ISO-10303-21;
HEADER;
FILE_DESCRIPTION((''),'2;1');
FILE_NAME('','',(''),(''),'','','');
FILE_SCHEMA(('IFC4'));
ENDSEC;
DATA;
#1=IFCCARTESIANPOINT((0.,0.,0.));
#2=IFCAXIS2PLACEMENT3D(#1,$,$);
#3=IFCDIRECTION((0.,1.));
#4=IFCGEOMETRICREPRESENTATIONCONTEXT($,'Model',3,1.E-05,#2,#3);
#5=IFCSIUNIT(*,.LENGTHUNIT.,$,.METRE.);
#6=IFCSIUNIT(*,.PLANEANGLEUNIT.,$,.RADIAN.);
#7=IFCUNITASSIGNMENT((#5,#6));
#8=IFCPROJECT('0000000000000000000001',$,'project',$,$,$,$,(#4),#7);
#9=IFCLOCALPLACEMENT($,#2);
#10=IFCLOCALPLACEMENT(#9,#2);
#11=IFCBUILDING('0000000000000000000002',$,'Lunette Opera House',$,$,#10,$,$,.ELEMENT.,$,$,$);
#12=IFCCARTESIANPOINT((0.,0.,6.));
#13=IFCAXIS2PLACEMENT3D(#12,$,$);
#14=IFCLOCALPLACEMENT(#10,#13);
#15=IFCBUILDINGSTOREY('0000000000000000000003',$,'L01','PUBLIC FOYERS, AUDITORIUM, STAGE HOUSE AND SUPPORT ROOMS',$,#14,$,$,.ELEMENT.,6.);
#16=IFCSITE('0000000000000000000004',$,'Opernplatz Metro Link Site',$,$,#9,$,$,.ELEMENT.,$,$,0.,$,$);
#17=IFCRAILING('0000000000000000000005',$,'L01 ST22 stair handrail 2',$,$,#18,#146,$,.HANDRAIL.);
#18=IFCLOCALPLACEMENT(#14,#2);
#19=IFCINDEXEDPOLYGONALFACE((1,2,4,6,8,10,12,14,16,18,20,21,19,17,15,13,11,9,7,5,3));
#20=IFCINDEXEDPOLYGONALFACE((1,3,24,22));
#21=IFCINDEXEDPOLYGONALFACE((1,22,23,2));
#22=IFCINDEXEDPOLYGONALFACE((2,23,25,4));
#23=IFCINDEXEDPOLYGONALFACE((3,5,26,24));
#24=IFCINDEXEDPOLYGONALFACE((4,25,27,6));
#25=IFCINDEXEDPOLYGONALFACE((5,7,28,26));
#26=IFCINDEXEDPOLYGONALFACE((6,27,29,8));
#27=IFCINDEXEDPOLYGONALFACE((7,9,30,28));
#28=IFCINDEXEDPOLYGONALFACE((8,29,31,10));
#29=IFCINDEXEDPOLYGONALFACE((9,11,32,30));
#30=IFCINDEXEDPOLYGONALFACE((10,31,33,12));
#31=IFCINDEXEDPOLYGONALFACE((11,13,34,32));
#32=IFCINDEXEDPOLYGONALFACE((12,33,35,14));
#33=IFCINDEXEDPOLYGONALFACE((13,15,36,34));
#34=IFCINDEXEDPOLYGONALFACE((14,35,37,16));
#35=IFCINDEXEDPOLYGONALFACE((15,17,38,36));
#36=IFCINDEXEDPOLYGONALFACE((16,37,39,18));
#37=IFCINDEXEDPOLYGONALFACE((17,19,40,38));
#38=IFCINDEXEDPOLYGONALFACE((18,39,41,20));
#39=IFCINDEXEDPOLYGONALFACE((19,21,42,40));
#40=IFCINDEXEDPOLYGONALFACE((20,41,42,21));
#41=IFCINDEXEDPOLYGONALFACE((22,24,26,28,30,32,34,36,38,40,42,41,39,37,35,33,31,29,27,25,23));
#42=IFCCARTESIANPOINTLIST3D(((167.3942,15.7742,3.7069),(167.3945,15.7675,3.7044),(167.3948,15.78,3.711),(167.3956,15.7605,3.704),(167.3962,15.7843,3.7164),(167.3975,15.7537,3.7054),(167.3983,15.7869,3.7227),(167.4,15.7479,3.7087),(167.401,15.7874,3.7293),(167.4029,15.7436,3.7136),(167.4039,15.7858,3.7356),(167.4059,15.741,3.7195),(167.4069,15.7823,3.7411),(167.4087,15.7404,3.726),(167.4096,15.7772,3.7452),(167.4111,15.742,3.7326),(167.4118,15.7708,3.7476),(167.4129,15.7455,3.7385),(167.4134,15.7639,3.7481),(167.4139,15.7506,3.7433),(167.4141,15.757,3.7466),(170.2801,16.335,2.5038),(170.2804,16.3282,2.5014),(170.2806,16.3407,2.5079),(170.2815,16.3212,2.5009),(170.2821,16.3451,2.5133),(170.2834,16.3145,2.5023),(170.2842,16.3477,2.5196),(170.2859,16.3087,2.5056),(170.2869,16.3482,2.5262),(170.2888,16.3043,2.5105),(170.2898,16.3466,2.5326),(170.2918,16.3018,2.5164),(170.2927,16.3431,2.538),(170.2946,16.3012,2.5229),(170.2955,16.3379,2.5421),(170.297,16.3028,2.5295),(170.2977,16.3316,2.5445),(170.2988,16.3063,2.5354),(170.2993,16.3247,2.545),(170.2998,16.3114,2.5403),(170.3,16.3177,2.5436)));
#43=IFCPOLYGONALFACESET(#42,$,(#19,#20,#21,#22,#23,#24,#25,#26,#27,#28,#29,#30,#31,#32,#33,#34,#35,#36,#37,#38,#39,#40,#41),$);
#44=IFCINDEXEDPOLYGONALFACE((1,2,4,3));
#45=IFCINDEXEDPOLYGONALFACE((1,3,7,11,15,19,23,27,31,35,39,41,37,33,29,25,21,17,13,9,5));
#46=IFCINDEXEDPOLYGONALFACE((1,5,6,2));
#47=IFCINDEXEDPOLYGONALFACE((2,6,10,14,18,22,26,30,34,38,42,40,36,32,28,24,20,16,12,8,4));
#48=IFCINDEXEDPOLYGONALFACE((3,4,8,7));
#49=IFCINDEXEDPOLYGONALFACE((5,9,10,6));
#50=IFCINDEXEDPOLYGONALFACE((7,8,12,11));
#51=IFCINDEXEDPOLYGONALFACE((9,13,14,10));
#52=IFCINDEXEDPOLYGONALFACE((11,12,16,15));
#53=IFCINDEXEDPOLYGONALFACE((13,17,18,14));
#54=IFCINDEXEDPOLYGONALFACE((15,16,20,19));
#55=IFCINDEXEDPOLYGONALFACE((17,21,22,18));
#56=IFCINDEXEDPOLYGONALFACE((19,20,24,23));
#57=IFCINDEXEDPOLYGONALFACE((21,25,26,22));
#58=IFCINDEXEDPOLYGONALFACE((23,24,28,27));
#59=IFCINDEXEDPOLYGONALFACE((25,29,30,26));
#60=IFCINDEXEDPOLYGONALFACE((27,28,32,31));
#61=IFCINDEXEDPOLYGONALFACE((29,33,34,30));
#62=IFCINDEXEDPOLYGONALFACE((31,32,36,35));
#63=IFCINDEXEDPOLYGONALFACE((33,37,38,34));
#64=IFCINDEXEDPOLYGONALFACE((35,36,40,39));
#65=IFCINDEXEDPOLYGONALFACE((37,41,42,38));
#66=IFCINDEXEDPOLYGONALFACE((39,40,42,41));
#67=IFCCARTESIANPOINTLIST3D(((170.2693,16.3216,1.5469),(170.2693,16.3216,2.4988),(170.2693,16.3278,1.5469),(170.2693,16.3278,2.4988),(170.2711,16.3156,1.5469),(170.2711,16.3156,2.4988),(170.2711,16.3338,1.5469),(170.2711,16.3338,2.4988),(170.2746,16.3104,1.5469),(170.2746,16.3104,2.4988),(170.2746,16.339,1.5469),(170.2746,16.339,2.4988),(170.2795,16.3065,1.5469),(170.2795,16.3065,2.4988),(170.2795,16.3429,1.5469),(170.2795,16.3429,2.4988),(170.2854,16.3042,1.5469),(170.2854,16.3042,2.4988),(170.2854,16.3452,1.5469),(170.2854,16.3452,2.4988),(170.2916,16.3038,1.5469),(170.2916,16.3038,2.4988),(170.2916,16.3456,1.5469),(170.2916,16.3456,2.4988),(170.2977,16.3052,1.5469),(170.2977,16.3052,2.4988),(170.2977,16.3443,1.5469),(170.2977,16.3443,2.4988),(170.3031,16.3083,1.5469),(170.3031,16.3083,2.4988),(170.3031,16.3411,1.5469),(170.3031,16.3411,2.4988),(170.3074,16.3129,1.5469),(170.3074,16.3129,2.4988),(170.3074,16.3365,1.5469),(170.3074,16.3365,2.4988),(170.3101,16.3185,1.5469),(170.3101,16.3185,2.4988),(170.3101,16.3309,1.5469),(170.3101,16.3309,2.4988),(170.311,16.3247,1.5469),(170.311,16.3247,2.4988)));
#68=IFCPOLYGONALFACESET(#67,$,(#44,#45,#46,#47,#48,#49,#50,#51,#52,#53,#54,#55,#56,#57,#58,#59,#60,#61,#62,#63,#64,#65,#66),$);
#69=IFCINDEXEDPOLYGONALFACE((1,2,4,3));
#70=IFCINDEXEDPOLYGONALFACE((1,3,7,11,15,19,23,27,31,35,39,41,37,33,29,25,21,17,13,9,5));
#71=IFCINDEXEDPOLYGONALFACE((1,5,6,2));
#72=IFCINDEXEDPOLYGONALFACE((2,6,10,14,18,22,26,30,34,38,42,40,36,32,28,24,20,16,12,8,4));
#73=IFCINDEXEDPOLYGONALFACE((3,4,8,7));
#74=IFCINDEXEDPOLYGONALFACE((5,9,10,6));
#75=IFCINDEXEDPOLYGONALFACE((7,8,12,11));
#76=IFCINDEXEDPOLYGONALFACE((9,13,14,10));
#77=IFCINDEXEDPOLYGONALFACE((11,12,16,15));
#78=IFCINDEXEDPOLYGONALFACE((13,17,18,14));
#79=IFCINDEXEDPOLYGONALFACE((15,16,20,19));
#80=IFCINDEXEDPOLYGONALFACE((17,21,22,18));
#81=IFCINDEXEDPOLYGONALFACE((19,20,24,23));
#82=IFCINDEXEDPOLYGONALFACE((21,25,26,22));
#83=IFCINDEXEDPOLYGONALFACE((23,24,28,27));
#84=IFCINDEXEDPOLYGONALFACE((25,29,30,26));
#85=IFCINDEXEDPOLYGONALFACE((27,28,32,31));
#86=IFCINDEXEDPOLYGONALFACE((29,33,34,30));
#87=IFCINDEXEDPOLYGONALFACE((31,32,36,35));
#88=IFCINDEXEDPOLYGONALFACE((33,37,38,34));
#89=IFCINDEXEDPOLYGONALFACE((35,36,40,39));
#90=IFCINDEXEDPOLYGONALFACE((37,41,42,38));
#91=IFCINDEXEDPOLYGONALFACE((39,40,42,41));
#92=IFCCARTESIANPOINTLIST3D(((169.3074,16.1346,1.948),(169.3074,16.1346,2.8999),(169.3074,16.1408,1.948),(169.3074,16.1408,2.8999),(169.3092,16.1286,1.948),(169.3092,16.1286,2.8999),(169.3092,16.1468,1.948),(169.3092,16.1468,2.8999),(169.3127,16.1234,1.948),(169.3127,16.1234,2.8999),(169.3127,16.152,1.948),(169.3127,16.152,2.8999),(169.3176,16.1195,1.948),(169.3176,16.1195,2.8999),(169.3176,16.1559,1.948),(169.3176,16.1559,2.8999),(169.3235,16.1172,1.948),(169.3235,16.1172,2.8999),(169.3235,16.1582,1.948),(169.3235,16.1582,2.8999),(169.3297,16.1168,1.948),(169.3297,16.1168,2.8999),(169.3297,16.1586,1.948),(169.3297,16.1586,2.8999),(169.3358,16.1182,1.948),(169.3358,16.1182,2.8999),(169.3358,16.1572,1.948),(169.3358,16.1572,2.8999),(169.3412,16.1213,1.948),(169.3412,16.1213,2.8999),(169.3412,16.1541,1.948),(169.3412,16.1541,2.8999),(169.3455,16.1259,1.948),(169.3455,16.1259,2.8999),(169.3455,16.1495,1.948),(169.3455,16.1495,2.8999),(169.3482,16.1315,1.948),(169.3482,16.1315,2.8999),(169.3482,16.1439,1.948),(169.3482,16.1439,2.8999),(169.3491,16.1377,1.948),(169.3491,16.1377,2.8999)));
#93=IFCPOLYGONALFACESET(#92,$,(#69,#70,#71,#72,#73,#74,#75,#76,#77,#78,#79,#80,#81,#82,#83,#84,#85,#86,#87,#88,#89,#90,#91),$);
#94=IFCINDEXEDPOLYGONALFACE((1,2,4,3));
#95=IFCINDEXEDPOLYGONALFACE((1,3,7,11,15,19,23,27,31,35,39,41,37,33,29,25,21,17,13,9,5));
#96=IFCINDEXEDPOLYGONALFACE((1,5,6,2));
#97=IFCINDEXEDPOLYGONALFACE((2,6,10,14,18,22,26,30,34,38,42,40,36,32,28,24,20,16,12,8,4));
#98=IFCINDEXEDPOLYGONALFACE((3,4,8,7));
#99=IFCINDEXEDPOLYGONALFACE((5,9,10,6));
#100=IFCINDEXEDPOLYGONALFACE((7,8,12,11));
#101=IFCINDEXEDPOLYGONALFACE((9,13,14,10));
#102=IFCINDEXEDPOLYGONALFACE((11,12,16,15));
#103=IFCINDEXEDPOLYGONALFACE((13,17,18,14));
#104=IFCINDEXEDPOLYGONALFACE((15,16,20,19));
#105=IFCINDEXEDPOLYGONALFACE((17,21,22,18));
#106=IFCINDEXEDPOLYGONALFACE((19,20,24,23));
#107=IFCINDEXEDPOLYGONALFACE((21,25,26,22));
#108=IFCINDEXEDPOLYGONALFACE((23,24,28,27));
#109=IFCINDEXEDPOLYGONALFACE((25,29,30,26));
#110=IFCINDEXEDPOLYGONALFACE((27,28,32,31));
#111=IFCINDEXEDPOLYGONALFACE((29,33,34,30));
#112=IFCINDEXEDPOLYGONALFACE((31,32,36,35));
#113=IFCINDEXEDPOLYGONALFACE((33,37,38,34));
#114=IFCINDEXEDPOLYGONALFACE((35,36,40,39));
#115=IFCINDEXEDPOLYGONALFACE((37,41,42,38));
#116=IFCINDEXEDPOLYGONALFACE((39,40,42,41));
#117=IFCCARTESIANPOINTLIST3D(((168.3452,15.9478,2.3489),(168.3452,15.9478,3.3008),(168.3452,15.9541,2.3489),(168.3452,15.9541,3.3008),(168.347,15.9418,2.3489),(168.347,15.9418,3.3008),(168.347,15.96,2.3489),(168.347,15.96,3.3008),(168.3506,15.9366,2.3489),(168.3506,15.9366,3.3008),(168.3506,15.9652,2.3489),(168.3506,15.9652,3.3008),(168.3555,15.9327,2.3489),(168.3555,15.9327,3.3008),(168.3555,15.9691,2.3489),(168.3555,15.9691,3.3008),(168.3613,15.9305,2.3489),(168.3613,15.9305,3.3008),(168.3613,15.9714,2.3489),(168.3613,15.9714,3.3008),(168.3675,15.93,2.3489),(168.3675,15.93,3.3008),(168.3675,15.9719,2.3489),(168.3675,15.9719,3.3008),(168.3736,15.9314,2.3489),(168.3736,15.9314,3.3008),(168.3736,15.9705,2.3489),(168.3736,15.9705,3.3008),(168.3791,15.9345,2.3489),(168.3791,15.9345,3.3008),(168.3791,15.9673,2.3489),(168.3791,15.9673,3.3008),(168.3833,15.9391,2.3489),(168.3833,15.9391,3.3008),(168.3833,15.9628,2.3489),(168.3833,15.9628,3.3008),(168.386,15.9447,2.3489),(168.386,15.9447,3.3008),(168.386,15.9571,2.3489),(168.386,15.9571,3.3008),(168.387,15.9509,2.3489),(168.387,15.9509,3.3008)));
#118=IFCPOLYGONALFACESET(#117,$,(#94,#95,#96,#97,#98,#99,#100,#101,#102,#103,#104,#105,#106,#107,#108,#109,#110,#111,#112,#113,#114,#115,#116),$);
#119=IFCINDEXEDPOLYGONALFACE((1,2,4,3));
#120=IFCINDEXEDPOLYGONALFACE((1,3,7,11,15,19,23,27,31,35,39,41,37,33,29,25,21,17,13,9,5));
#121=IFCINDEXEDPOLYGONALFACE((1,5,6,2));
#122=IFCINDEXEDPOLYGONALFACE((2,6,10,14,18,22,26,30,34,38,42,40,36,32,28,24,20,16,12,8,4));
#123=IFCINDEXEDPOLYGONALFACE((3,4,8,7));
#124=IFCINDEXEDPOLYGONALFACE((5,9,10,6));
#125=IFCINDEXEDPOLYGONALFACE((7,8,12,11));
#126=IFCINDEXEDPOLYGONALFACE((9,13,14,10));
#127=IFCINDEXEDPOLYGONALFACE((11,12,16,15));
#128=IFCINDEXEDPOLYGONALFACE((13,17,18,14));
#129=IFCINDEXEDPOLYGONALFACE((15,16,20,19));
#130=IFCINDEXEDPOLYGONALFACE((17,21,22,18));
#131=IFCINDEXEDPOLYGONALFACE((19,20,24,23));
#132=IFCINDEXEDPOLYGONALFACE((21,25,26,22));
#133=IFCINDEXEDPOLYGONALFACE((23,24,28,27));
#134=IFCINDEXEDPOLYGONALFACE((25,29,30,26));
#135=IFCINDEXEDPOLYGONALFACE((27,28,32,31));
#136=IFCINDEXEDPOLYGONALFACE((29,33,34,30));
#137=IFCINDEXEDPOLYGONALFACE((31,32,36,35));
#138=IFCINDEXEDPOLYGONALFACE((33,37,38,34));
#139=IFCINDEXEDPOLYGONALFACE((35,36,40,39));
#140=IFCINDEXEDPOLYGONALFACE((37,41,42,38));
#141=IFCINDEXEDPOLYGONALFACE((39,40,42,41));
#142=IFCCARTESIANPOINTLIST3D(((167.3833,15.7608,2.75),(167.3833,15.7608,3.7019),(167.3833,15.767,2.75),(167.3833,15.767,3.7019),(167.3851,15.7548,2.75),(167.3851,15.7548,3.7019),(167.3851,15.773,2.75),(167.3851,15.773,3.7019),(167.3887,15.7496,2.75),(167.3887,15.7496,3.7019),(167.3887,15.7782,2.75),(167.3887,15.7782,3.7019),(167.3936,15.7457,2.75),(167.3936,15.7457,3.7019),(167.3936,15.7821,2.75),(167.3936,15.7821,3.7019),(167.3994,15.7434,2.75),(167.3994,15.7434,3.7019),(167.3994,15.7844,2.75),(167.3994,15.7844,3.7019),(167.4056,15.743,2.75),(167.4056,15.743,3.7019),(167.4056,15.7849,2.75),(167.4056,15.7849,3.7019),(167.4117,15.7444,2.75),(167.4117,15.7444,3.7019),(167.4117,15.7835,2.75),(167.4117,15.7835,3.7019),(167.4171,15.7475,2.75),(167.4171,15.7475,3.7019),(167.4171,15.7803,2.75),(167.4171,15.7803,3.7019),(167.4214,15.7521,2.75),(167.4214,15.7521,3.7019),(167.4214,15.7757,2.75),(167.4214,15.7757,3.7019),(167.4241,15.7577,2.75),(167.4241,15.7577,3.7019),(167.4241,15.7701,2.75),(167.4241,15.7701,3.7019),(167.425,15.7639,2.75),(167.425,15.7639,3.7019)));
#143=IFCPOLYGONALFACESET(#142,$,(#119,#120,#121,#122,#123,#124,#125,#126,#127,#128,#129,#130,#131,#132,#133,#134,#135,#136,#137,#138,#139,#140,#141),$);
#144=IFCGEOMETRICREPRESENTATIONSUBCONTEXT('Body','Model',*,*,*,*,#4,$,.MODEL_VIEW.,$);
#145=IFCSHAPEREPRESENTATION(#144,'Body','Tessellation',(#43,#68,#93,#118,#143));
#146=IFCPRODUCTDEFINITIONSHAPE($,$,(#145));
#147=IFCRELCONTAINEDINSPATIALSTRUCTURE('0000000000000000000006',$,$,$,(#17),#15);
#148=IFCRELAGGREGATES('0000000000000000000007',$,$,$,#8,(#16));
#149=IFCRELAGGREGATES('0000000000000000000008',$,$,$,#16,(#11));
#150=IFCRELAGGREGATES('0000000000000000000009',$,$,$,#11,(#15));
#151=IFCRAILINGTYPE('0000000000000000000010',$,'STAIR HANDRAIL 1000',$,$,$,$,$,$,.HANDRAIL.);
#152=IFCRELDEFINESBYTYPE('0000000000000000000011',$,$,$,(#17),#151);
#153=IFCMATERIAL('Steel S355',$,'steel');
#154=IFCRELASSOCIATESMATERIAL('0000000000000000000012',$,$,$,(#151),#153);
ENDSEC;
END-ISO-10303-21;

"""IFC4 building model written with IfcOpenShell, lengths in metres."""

from ifc_helpers import new_model, si_unit, direction, frame, origin, origin_2d, place, context, subcontext, project, spatial, circle, extrude, material, type_object, element, save


model = new_model("IFC4")

# Units and contexts
model_context = context("Model", 3, precision=1e-05, world=origin(), true_north=direction((0.0, 1.0)))
body_context = subcontext(model_context, "Body", "Model", "MODEL_VIEW")
ifc_project = project(units=[si_unit("LENGTHUNIT", "METRE"), si_unit("PLANEANGLEUNIT", "RADIAN")], contexts=[model_context])

# Site, building, storey
site_placement = place(None, origin())
site = spatial("IfcSite", under=ifc_project, at=site_placement, Name="Opernplatz Metro Link Site", CompositionType="ELEMENT", RefElevation=0.0)
building_placement = place(site_placement, origin())
building = spatial("IfcBuilding", under=site, at=building_placement, Name="Lunette Opera House", CompositionType="ELEMENT")
storey_placement = place(building_placement, frame((0.0, 0.0, 6.0)))
storey = spatial("IfcBuildingStorey", under=building, at=storey_placement, Name="L01", Description="PUBLIC FOYERS, AUDITORIUM, STAGE HOUSE AND SUPPORT ROOMS", CompositionType="ELEMENT", Elevation=6.0)

# Railing
ifc_material_1 = material(Name="Steel S355", Category="steel")
railing_type = type_object("IfcRailingType", Name="STAIR HANDRAIL 1000", PredefinedType="HANDRAIL", material=ifc_material_1)
for number, where, name in (
    (1, (170.29, 16.3247, 1.5469), "L01 ST22 stair handrail 2"),
):
    element("IfcRailing", number, at=place(storey_placement, frame(where)), inside=storey, type_object=railing_type, Name=name, PredefinedType="HANDRAIL", context=body_context, shape_type="SweptSolid", body=[
        extrude(circle(Radius=0.0239, at=origin_2d()), frame((0.0, 0.0, 0.9761), z_axis=(-0.908509, -0.176537, 0.378744), x_axis=(0.190747, -0.981639, 0.0)), (0.0, 0.0, 1.0), 3.1765),
        extrude(circle(Radius=0.021, at=origin_2d()), origin(), (0.0, 0.0, 1.0), 0.9519),
        extrude(circle(Radius=0.021, at=origin_2d()), frame((-0.9619, -0.187, 0.4011)), (0.0, 0.0, 1.0), 0.9519),
        extrude(circle(Radius=0.021, at=origin_2d()), frame((-1.9241, -0.3738, 0.802)), (0.0, 0.0, 1.0), 0.9519),
        extrude(circle(Radius=0.021, at=origin_2d()), frame((-2.886, -0.5608, 1.2031)), (0.0, 0.0, 1.0), 0.9519),
    ])

save(model, "model.ifc")
